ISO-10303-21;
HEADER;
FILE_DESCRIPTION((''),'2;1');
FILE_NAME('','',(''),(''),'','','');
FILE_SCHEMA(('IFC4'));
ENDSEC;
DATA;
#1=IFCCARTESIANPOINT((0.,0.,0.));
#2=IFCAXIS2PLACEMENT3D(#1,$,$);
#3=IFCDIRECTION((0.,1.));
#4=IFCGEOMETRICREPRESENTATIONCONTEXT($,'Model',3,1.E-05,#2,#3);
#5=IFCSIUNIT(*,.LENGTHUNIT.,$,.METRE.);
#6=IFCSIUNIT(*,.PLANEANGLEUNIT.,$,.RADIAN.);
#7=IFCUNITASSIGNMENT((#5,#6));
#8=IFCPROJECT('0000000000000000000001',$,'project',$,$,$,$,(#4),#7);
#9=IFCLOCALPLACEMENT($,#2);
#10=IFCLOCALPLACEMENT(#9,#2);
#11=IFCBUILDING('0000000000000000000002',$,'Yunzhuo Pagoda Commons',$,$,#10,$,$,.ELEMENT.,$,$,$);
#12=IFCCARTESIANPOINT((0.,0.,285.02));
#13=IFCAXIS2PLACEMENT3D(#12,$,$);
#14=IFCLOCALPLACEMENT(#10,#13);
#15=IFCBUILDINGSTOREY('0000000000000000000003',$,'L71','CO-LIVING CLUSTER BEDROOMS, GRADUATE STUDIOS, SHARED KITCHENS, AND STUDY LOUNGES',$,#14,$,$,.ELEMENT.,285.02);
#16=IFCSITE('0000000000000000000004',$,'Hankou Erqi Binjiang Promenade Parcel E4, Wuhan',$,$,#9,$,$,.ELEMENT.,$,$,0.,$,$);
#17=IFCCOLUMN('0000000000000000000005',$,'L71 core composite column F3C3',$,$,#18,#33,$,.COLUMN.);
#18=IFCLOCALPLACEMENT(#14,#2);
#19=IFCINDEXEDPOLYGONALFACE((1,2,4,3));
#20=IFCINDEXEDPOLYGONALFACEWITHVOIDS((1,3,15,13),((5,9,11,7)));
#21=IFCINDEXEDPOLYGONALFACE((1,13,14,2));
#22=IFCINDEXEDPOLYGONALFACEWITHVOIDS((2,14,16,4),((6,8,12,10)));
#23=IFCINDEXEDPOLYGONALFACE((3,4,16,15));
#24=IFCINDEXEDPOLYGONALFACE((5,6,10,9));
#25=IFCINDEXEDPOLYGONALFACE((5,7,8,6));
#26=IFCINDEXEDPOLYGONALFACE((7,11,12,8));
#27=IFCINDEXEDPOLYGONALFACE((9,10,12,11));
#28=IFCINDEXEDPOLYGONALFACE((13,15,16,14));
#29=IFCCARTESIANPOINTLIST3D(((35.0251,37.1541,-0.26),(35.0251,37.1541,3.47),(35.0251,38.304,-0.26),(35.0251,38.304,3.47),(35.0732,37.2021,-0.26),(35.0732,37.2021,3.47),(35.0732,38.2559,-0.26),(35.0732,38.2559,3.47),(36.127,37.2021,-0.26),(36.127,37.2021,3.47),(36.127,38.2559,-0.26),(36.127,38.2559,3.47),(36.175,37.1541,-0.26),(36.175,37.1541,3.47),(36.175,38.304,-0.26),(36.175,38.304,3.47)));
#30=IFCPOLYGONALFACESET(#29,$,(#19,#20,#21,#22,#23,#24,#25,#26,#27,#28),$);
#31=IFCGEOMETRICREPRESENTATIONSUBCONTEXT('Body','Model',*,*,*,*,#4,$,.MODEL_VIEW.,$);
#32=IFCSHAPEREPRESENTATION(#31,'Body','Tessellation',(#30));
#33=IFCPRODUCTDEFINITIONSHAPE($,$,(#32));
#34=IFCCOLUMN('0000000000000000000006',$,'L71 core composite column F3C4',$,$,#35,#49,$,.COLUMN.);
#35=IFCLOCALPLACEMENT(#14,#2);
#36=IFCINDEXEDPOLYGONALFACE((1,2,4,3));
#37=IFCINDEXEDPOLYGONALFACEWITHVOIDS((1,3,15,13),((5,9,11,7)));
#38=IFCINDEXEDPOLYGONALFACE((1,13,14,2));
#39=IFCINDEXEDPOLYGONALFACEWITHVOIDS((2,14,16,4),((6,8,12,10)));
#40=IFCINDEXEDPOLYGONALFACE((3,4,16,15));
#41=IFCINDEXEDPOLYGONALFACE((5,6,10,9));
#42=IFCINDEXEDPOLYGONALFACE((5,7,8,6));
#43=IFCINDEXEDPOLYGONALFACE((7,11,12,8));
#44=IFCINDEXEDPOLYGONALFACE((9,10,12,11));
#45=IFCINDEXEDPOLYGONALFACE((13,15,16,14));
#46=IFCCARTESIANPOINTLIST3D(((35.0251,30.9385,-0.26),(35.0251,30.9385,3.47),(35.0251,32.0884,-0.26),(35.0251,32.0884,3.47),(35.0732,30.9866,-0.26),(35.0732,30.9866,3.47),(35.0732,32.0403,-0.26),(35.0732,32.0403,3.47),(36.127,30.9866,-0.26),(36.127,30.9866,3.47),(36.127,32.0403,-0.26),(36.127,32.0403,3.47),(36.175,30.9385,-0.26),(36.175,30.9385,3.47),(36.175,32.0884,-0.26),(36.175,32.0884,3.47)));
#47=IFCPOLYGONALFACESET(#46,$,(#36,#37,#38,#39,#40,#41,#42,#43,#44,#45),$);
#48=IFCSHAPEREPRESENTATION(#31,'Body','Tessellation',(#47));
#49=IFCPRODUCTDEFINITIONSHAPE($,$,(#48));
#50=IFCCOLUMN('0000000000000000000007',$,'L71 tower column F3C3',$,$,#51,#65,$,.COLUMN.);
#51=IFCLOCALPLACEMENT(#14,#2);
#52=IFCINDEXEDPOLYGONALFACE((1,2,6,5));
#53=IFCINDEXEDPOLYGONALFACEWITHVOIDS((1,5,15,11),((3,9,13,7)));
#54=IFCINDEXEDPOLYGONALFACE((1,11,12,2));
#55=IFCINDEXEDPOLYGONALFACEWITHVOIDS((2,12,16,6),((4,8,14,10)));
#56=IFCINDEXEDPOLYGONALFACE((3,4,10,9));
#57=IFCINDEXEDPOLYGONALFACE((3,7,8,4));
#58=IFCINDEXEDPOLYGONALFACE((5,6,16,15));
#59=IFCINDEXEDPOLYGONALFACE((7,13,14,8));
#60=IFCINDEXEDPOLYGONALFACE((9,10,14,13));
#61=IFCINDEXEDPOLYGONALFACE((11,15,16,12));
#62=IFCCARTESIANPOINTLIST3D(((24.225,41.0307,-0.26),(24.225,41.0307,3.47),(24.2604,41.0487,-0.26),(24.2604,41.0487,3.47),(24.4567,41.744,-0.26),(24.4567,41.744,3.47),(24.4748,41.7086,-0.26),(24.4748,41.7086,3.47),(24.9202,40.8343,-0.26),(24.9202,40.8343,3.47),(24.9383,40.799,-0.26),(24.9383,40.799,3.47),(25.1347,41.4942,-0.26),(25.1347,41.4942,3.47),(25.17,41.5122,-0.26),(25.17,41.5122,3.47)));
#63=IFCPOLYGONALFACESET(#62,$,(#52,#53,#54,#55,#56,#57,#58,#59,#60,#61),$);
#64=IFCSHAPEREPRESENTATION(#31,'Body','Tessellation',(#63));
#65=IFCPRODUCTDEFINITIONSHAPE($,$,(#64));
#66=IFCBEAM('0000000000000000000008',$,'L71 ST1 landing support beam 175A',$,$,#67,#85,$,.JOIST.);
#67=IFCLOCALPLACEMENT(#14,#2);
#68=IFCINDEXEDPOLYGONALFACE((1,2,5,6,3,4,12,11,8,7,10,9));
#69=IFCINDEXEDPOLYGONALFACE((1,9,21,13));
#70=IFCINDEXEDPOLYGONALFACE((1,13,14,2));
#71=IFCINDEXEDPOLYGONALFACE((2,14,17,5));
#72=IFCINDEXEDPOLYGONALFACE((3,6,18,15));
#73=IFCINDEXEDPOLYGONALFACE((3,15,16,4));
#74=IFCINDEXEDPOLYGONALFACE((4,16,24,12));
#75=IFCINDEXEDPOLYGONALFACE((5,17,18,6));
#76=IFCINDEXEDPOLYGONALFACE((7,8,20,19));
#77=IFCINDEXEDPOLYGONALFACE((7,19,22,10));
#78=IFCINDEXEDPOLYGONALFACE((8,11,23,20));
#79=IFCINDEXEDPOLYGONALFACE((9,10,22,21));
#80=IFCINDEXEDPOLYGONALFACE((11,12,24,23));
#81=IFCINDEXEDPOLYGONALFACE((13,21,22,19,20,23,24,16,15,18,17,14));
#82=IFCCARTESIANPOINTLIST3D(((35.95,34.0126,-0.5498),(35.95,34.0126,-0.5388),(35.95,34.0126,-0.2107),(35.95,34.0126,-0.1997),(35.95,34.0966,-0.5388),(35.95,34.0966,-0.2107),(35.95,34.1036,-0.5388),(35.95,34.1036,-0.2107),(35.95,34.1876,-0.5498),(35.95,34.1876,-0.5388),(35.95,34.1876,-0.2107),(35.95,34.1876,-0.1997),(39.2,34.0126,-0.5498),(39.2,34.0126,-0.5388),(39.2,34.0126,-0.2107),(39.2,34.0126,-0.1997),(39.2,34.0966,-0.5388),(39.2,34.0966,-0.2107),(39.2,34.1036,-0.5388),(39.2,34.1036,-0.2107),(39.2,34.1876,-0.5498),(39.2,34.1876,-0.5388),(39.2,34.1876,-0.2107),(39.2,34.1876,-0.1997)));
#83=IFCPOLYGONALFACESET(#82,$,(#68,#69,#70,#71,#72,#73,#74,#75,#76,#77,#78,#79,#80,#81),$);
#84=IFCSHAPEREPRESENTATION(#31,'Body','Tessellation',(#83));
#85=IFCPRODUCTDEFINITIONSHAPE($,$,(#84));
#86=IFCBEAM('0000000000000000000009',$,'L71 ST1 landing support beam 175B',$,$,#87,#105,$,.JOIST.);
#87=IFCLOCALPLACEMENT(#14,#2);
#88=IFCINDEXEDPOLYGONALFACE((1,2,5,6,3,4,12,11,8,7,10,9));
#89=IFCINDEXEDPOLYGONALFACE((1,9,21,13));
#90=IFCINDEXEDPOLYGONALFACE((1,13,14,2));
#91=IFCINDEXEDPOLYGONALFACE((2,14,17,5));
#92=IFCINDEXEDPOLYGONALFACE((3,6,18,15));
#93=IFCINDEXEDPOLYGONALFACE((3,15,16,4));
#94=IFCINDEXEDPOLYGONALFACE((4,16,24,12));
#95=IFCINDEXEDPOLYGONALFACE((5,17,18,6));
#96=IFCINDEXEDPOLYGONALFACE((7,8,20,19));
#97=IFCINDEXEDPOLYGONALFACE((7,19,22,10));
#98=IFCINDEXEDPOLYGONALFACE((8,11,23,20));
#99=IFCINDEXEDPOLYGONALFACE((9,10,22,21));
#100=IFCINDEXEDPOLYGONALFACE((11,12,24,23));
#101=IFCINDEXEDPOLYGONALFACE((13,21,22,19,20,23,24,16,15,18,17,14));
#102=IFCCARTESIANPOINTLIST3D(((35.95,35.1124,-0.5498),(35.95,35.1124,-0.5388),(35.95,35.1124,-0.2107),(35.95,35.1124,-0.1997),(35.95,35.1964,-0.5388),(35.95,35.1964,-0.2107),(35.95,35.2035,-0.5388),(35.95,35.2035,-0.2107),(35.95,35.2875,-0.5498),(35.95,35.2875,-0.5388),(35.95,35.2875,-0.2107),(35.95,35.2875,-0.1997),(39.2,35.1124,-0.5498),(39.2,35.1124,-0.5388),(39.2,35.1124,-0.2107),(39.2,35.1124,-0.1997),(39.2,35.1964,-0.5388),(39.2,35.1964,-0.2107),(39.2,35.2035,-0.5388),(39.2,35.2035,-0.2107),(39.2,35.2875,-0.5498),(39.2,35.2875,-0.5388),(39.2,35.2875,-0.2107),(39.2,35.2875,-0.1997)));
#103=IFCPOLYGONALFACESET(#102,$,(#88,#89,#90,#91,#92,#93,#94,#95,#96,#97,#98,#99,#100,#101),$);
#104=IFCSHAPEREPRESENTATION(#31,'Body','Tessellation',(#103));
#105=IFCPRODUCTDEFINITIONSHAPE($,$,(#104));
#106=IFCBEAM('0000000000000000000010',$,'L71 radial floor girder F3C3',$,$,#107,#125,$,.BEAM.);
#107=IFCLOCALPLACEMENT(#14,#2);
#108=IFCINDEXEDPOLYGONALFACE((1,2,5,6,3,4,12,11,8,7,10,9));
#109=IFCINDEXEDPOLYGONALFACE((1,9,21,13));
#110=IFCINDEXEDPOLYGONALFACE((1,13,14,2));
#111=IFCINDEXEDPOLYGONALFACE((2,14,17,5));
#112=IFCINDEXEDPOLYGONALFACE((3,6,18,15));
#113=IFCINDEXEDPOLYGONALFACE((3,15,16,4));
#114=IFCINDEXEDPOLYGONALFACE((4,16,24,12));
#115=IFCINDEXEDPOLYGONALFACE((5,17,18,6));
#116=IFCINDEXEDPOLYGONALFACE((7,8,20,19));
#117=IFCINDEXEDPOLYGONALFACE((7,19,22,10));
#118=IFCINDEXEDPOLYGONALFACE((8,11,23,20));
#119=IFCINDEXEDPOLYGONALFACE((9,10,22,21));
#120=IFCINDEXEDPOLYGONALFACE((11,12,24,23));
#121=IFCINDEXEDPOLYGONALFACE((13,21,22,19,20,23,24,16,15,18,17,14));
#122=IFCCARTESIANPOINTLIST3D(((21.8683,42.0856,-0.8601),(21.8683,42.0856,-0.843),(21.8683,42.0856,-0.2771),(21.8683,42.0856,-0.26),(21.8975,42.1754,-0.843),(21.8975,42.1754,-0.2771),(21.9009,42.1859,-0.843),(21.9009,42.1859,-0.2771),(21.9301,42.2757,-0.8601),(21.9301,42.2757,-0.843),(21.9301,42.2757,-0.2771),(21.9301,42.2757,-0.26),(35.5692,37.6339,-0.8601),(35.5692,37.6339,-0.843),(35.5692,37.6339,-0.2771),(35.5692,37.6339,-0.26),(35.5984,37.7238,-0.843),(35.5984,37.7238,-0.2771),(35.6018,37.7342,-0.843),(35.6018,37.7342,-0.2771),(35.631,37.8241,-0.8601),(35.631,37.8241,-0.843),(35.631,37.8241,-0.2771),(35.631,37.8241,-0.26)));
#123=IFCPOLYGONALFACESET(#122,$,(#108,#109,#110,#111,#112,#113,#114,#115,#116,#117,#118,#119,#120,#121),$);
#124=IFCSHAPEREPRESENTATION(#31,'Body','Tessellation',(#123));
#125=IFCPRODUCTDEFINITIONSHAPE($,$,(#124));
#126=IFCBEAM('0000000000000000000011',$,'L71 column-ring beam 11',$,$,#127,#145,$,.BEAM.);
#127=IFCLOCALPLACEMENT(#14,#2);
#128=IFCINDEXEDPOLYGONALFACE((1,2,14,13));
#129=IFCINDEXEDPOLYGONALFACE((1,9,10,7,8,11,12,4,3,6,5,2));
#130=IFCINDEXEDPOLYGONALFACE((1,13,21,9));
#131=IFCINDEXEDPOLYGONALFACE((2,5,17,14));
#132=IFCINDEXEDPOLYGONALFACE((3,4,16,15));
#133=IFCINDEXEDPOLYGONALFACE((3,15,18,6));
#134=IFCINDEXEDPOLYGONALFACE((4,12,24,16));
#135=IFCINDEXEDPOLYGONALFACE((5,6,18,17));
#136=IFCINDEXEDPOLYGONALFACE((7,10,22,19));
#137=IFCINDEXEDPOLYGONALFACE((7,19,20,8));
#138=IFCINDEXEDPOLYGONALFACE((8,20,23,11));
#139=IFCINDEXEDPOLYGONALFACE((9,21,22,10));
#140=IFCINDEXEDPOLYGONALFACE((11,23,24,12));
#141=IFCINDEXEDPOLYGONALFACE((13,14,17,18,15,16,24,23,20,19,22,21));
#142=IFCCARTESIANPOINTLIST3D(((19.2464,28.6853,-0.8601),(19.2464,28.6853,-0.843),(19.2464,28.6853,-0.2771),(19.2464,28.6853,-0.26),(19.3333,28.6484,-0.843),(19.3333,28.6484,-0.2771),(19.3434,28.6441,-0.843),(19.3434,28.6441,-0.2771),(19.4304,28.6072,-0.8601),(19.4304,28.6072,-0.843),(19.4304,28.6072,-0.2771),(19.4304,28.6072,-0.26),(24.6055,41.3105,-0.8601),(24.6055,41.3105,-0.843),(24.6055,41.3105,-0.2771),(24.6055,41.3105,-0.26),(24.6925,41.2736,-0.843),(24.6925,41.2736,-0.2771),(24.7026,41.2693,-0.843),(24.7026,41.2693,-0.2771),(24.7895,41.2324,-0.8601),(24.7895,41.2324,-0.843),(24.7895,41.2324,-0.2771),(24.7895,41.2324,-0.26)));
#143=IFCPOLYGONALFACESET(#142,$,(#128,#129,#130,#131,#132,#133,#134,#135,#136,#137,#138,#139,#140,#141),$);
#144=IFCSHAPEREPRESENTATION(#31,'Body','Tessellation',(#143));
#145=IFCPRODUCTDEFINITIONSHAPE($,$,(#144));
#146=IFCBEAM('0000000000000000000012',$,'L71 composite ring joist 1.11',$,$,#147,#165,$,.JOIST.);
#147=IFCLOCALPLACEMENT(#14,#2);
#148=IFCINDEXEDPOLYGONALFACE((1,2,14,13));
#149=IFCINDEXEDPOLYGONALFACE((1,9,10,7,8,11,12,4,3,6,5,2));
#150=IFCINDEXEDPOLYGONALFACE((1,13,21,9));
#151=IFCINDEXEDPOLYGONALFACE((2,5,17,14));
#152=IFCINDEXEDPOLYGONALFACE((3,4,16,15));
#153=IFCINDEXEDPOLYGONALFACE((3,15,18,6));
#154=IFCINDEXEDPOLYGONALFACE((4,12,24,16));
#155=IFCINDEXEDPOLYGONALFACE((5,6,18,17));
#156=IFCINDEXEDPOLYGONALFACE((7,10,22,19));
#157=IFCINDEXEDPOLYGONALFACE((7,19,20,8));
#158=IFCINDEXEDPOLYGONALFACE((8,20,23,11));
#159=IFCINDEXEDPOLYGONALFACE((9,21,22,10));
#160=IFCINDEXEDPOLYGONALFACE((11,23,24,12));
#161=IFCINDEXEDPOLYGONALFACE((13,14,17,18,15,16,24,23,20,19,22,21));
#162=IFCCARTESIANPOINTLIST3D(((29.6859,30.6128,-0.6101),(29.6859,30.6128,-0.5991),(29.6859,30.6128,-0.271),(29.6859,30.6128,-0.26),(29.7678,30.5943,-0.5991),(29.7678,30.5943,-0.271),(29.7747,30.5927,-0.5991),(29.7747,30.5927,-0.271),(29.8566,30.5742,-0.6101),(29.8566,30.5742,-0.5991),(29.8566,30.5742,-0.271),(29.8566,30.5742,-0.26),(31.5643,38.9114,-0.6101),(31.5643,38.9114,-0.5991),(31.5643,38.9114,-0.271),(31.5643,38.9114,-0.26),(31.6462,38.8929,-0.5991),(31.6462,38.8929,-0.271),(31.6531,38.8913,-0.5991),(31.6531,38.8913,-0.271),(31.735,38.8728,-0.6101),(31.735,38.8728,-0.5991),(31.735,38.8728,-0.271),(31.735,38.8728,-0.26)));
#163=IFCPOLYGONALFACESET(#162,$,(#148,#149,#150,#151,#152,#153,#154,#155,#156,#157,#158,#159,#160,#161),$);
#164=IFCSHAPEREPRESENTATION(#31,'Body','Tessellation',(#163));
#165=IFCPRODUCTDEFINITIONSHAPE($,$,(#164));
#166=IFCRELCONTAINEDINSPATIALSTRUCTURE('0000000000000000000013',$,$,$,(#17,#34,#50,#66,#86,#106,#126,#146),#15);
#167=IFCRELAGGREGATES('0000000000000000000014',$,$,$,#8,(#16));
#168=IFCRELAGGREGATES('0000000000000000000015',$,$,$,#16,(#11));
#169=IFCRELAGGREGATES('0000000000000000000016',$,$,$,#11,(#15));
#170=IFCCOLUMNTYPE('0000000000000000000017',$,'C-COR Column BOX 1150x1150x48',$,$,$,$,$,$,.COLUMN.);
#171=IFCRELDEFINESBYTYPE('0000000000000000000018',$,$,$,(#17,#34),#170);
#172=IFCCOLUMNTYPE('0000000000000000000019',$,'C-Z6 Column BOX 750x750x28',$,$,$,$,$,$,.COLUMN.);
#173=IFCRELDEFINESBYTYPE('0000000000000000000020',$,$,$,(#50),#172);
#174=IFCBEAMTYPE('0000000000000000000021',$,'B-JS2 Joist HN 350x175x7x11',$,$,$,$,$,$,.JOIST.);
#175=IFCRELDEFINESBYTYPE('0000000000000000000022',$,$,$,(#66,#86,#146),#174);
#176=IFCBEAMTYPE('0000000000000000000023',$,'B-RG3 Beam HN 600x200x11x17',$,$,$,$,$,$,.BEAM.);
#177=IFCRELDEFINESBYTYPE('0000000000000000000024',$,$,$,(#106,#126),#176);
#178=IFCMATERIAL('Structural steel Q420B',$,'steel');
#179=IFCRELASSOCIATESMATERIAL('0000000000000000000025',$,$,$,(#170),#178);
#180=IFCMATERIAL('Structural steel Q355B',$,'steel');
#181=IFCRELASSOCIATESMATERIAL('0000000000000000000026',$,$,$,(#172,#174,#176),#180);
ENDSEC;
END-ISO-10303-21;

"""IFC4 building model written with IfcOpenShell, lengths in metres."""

from ifc_helpers import new_model, si_unit, direction, frame, origin, origin_2d, place, context, subcontext, project, spatial, hollow_rectangle, i_section, extrude, source, transform, mapped, material, material_profile, profile_set, type_object, element, save


model = new_model("IFC4")

# Units and contexts
model_context = context("Model", 3, precision=1e-05, world=origin(), true_north=direction((0.0, 1.0)))
body_context = subcontext(model_context, "Body", "Model", "MODEL_VIEW")
ifc_project = project(units=[si_unit("LENGTHUNIT", "METRE"), si_unit("PLANEANGLEUNIT", "RADIAN")], contexts=[model_context])

# Site, building, storey
site_placement = place(None, origin())
site = spatial("IfcSite", under=ifc_project, at=site_placement, Name="Hankou Erqi Binjiang Promenade Parcel E4, Wuhan", CompositionType="ELEMENT", RefElevation=0.0)
building_placement = place(site_placement, origin())
building = spatial("IfcBuilding", under=site, at=building_placement, Name="Yunzhuo Pagoda Commons", CompositionType="ELEMENT")
storey_placement = place(building_placement, frame((0.0, 0.0, 285.02)))
storey = spatial("IfcBuildingStorey", under=building, at=storey_placement, Name="L71", Description="CO-LIVING CLUSTER BEDROOMS, GRADUATE STUDIOS, SHARED KITCHENS, AND STUDY LOUNGES", CompositionType="ELEMENT", Elevation=285.02)

# Columns
ifc_material_1 = material(Name="Structural steel Q420B", Category="steel")
ifc_material_profile_1 = material_profile(ifc_material_1, hollow_rectangle(XDim=1.1499, YDim=1.1499, WallThickness=0.0481, at=origin_2d()), Name="Structural steel Q420B")
ifc_profile_set_1 = profile_set([ifc_material_profile_1], Name="Structural steel Q420B")
column_type_1 = type_object("IfcColumnType", Name="C-COR Column BOX 1150x1150x48", PredefinedType="COLUMN", material=ifc_profile_set_1)
shared_shape_1 = source(origin(), body_context, "Body", "SweptSolid", [
    extrude(hollow_rectangle(XDim=1.1499, YDim=1.1499, WallThickness=0.0481, at=origin_2d()), origin(), (0.0, 0.0, 1.0), 3.73),
])
for number, where, z_axis, x_axis, name in (
    (1, (35.6001, 37.729, -0.26), (0.0, 0.0, 1.0), (1.0, 0.0, 0.0), "L71 core composite column F3C3"),
    (2, (35.6001, 31.5134, -0.26), (0.0, 0.0, 1.0), (1.0, 0.0, 0.0), "L71 core composite column F3C4"),
):
    element("IfcColumn", number, at=place(storey_placement, frame(where, z_axis=z_axis, x_axis=x_axis)), inside=storey, type_object=column_type_1, Name=name, PredefinedType="COLUMN", context=body_context, shape_type="MappedRepresentation", body=[
        mapped(shared_shape_1, transform((0.0, 0.0, 0.0), scale=1.0)),
    ])
ifc_material_2 = material(Name="Structural steel Q355B", Category="steel")
ifc_material_profile_2 = material_profile(ifc_material_2, hollow_rectangle(XDim=0.75, YDim=0.75, WallThickness=0.0281, at=origin_2d()), Name="Structural steel Q355B")
ifc_profile_set_2 = profile_set([ifc_material_profile_2], Name="Structural steel Q355B")
column_type_2 = type_object("IfcColumnType", Name="C-Z6 Column BOX 750x750x28", PredefinedType="COLUMN", material=ifc_profile_set_2)
shared_shape_2 = source(origin(), body_context, "Body", "SweptSolid", [
    extrude(hollow_rectangle(XDim=0.75, YDim=0.75, WallThickness=0.0281, at=origin_2d()), origin(), (0.0, 0.0, 1.0), 3.73),
])
column_placement = place(storey_placement, frame((24.6975, 41.2715, -0.26), z_axis=(0.0, 0.0, 1.0), x_axis=(-0.309017, -0.951057, 0.0)))
element("IfcColumn", 3, at=column_placement, inside=storey, type_object=column_type_2, Name="L71 tower column F3C3", PredefinedType="COLUMN", context=body_context, shape_type="MappedRepresentation", body=[
    mapped(shared_shape_2, transform((0.0, 0.0, 0.0), scale=1.0)),
])

# Beams
ifc_material_profile_3 = material_profile(ifc_material_2, i_section(OverallWidth=0.175, OverallDepth=0.3501, WebThickness=0.0071, FlangeThickness=0.011, at=origin_2d()), Name="Structural steel Q355B")
ifc_profile_set_3 = profile_set([ifc_material_profile_3], Name="Structural steel Q355B")
beam_type_1 = type_object("IfcBeamType", Name="B-JS2 Joist HN 350x175x7x11", PredefinedType="JOIST", material=ifc_profile_set_3)
shared_shape_3 = source(origin(), body_context, "Body", "SweptSolid", [
    extrude(i_section(OverallWidth=0.175, OverallDepth=0.3501, WebThickness=0.0071, FlangeThickness=0.011, at=origin_2d()), origin(), (0.0, 0.0, 1.0), 3.25),
])
for number, where, z_axis, x_axis, name in (
    (4, (35.95, 34.1001, -0.3748), (1.0, 0.0, 0.0), (0.0, 1.0, 0.0), "L71 ST1 landing support beam 175A"),
    (5, (35.95, 35.2, -0.3748), (1.0, 0.0, 0.0), (0.0, 1.0, 0.0), "L71 ST1 landing support beam 175B"),
):
    element("IfcBeam", number, at=place(storey_placement, frame(where, z_axis=z_axis, x_axis=x_axis)), inside=storey, type_object=beam_type_1, Name=name, PredefinedType="JOIST", context=body_context, shape_type="MappedRepresentation", body=[
        mapped(shared_shape_3, transform((0.0, 0.0, 0.0), scale=1.0)),
    ])
ifc_material_profile_4 = material_profile(ifc_material_2, i_section(OverallWidth=0.2, OverallDepth=0.6001, WebThickness=0.011, FlangeThickness=0.0171, at=origin_2d()), Name="Structural steel Q355B")
ifc_profile_set_4 = profile_set([ifc_material_profile_4], Name="Structural steel Q355B")
beam_type_2 = type_object("IfcBeamType", Name="B-RG3 Beam HN 600x200x11x17", PredefinedType="BEAM", material=ifc_profile_set_4)
shared_shape_4 = source(origin(), body_context, "Body", "SweptSolid", [
    extrude(i_section(OverallWidth=0.2, OverallDepth=0.6001, WebThickness=0.011, FlangeThickness=0.0171, at=origin_2d()), origin(), (0.0, 0.0, 1.0), 14.406),
])
beam_1_placement = place(storey_placement, frame((21.8992, 42.1807, -0.5601), z_axis=(0.951057, -0.309014, 0.0), x_axis=(0.309014, 0.951057, 0.0)))
element("IfcBeam", 6, at=beam_1_placement, inside=storey, type_object=beam_type_2, Name="L71 radial floor girder F3C3", PredefinedType="BEAM", context=body_context, shape_type="MappedRepresentation", body=[
    mapped(shared_shape_4, transform((0.0, 0.0, 0.0), scale=1.0)),
])
shared_shape_5 = source(origin(), body_context, "Body", "SweptSolid", [
    extrude(i_section(OverallWidth=0.2, OverallDepth=0.6001, WebThickness=0.011, FlangeThickness=0.0171, at=origin_2d()), origin(), (0.0, 0.0, 1.0), 13.7156),
])
beam_2_placement = place(storey_placement, frame((24.6975, 41.2715, -0.5601), z_axis=(-0.390733, -0.920504, 0.0), x_axis=(0.920504, -0.390733, 0.0)))
element("IfcBeam", 7, at=beam_2_placement, inside=storey, type_object=beam_type_2, Name="L71 column-ring beam 11", PredefinedType="BEAM", context=body_context, shape_type="MappedRepresentation", body=[
    mapped(shared_shape_5, transform((0.0, 0.0, 0.0), scale=1.0)),
])
shared_shape_6 = source(origin(), body_context, "Body", "SweptSolid", [
    extrude(i_section(OverallWidth=0.175, OverallDepth=0.3501, WebThickness=0.0071, FlangeThickness=0.011, at=origin_2d()), origin(), (0.0, 0.0, 1.0), 8.5085),
])
beam_3_placement = place(storey_placement, frame((31.6497, 38.8921, -0.4351), z_axis=(-0.220769, -0.975326, 0.0), x_axis=(0.975326, -0.220769, 0.0)))
element("IfcBeam", 8, at=beam_3_placement, inside=storey, type_object=beam_type_1, Name="L71 composite ring joist 1.11", PredefinedType="JOIST", context=body_context, shape_type="MappedRepresentation", body=[
    mapped(shared_shape_6, transform((0.0, 0.0, 0.0), scale=1.0)),
])

save(model, "model.ifc")
